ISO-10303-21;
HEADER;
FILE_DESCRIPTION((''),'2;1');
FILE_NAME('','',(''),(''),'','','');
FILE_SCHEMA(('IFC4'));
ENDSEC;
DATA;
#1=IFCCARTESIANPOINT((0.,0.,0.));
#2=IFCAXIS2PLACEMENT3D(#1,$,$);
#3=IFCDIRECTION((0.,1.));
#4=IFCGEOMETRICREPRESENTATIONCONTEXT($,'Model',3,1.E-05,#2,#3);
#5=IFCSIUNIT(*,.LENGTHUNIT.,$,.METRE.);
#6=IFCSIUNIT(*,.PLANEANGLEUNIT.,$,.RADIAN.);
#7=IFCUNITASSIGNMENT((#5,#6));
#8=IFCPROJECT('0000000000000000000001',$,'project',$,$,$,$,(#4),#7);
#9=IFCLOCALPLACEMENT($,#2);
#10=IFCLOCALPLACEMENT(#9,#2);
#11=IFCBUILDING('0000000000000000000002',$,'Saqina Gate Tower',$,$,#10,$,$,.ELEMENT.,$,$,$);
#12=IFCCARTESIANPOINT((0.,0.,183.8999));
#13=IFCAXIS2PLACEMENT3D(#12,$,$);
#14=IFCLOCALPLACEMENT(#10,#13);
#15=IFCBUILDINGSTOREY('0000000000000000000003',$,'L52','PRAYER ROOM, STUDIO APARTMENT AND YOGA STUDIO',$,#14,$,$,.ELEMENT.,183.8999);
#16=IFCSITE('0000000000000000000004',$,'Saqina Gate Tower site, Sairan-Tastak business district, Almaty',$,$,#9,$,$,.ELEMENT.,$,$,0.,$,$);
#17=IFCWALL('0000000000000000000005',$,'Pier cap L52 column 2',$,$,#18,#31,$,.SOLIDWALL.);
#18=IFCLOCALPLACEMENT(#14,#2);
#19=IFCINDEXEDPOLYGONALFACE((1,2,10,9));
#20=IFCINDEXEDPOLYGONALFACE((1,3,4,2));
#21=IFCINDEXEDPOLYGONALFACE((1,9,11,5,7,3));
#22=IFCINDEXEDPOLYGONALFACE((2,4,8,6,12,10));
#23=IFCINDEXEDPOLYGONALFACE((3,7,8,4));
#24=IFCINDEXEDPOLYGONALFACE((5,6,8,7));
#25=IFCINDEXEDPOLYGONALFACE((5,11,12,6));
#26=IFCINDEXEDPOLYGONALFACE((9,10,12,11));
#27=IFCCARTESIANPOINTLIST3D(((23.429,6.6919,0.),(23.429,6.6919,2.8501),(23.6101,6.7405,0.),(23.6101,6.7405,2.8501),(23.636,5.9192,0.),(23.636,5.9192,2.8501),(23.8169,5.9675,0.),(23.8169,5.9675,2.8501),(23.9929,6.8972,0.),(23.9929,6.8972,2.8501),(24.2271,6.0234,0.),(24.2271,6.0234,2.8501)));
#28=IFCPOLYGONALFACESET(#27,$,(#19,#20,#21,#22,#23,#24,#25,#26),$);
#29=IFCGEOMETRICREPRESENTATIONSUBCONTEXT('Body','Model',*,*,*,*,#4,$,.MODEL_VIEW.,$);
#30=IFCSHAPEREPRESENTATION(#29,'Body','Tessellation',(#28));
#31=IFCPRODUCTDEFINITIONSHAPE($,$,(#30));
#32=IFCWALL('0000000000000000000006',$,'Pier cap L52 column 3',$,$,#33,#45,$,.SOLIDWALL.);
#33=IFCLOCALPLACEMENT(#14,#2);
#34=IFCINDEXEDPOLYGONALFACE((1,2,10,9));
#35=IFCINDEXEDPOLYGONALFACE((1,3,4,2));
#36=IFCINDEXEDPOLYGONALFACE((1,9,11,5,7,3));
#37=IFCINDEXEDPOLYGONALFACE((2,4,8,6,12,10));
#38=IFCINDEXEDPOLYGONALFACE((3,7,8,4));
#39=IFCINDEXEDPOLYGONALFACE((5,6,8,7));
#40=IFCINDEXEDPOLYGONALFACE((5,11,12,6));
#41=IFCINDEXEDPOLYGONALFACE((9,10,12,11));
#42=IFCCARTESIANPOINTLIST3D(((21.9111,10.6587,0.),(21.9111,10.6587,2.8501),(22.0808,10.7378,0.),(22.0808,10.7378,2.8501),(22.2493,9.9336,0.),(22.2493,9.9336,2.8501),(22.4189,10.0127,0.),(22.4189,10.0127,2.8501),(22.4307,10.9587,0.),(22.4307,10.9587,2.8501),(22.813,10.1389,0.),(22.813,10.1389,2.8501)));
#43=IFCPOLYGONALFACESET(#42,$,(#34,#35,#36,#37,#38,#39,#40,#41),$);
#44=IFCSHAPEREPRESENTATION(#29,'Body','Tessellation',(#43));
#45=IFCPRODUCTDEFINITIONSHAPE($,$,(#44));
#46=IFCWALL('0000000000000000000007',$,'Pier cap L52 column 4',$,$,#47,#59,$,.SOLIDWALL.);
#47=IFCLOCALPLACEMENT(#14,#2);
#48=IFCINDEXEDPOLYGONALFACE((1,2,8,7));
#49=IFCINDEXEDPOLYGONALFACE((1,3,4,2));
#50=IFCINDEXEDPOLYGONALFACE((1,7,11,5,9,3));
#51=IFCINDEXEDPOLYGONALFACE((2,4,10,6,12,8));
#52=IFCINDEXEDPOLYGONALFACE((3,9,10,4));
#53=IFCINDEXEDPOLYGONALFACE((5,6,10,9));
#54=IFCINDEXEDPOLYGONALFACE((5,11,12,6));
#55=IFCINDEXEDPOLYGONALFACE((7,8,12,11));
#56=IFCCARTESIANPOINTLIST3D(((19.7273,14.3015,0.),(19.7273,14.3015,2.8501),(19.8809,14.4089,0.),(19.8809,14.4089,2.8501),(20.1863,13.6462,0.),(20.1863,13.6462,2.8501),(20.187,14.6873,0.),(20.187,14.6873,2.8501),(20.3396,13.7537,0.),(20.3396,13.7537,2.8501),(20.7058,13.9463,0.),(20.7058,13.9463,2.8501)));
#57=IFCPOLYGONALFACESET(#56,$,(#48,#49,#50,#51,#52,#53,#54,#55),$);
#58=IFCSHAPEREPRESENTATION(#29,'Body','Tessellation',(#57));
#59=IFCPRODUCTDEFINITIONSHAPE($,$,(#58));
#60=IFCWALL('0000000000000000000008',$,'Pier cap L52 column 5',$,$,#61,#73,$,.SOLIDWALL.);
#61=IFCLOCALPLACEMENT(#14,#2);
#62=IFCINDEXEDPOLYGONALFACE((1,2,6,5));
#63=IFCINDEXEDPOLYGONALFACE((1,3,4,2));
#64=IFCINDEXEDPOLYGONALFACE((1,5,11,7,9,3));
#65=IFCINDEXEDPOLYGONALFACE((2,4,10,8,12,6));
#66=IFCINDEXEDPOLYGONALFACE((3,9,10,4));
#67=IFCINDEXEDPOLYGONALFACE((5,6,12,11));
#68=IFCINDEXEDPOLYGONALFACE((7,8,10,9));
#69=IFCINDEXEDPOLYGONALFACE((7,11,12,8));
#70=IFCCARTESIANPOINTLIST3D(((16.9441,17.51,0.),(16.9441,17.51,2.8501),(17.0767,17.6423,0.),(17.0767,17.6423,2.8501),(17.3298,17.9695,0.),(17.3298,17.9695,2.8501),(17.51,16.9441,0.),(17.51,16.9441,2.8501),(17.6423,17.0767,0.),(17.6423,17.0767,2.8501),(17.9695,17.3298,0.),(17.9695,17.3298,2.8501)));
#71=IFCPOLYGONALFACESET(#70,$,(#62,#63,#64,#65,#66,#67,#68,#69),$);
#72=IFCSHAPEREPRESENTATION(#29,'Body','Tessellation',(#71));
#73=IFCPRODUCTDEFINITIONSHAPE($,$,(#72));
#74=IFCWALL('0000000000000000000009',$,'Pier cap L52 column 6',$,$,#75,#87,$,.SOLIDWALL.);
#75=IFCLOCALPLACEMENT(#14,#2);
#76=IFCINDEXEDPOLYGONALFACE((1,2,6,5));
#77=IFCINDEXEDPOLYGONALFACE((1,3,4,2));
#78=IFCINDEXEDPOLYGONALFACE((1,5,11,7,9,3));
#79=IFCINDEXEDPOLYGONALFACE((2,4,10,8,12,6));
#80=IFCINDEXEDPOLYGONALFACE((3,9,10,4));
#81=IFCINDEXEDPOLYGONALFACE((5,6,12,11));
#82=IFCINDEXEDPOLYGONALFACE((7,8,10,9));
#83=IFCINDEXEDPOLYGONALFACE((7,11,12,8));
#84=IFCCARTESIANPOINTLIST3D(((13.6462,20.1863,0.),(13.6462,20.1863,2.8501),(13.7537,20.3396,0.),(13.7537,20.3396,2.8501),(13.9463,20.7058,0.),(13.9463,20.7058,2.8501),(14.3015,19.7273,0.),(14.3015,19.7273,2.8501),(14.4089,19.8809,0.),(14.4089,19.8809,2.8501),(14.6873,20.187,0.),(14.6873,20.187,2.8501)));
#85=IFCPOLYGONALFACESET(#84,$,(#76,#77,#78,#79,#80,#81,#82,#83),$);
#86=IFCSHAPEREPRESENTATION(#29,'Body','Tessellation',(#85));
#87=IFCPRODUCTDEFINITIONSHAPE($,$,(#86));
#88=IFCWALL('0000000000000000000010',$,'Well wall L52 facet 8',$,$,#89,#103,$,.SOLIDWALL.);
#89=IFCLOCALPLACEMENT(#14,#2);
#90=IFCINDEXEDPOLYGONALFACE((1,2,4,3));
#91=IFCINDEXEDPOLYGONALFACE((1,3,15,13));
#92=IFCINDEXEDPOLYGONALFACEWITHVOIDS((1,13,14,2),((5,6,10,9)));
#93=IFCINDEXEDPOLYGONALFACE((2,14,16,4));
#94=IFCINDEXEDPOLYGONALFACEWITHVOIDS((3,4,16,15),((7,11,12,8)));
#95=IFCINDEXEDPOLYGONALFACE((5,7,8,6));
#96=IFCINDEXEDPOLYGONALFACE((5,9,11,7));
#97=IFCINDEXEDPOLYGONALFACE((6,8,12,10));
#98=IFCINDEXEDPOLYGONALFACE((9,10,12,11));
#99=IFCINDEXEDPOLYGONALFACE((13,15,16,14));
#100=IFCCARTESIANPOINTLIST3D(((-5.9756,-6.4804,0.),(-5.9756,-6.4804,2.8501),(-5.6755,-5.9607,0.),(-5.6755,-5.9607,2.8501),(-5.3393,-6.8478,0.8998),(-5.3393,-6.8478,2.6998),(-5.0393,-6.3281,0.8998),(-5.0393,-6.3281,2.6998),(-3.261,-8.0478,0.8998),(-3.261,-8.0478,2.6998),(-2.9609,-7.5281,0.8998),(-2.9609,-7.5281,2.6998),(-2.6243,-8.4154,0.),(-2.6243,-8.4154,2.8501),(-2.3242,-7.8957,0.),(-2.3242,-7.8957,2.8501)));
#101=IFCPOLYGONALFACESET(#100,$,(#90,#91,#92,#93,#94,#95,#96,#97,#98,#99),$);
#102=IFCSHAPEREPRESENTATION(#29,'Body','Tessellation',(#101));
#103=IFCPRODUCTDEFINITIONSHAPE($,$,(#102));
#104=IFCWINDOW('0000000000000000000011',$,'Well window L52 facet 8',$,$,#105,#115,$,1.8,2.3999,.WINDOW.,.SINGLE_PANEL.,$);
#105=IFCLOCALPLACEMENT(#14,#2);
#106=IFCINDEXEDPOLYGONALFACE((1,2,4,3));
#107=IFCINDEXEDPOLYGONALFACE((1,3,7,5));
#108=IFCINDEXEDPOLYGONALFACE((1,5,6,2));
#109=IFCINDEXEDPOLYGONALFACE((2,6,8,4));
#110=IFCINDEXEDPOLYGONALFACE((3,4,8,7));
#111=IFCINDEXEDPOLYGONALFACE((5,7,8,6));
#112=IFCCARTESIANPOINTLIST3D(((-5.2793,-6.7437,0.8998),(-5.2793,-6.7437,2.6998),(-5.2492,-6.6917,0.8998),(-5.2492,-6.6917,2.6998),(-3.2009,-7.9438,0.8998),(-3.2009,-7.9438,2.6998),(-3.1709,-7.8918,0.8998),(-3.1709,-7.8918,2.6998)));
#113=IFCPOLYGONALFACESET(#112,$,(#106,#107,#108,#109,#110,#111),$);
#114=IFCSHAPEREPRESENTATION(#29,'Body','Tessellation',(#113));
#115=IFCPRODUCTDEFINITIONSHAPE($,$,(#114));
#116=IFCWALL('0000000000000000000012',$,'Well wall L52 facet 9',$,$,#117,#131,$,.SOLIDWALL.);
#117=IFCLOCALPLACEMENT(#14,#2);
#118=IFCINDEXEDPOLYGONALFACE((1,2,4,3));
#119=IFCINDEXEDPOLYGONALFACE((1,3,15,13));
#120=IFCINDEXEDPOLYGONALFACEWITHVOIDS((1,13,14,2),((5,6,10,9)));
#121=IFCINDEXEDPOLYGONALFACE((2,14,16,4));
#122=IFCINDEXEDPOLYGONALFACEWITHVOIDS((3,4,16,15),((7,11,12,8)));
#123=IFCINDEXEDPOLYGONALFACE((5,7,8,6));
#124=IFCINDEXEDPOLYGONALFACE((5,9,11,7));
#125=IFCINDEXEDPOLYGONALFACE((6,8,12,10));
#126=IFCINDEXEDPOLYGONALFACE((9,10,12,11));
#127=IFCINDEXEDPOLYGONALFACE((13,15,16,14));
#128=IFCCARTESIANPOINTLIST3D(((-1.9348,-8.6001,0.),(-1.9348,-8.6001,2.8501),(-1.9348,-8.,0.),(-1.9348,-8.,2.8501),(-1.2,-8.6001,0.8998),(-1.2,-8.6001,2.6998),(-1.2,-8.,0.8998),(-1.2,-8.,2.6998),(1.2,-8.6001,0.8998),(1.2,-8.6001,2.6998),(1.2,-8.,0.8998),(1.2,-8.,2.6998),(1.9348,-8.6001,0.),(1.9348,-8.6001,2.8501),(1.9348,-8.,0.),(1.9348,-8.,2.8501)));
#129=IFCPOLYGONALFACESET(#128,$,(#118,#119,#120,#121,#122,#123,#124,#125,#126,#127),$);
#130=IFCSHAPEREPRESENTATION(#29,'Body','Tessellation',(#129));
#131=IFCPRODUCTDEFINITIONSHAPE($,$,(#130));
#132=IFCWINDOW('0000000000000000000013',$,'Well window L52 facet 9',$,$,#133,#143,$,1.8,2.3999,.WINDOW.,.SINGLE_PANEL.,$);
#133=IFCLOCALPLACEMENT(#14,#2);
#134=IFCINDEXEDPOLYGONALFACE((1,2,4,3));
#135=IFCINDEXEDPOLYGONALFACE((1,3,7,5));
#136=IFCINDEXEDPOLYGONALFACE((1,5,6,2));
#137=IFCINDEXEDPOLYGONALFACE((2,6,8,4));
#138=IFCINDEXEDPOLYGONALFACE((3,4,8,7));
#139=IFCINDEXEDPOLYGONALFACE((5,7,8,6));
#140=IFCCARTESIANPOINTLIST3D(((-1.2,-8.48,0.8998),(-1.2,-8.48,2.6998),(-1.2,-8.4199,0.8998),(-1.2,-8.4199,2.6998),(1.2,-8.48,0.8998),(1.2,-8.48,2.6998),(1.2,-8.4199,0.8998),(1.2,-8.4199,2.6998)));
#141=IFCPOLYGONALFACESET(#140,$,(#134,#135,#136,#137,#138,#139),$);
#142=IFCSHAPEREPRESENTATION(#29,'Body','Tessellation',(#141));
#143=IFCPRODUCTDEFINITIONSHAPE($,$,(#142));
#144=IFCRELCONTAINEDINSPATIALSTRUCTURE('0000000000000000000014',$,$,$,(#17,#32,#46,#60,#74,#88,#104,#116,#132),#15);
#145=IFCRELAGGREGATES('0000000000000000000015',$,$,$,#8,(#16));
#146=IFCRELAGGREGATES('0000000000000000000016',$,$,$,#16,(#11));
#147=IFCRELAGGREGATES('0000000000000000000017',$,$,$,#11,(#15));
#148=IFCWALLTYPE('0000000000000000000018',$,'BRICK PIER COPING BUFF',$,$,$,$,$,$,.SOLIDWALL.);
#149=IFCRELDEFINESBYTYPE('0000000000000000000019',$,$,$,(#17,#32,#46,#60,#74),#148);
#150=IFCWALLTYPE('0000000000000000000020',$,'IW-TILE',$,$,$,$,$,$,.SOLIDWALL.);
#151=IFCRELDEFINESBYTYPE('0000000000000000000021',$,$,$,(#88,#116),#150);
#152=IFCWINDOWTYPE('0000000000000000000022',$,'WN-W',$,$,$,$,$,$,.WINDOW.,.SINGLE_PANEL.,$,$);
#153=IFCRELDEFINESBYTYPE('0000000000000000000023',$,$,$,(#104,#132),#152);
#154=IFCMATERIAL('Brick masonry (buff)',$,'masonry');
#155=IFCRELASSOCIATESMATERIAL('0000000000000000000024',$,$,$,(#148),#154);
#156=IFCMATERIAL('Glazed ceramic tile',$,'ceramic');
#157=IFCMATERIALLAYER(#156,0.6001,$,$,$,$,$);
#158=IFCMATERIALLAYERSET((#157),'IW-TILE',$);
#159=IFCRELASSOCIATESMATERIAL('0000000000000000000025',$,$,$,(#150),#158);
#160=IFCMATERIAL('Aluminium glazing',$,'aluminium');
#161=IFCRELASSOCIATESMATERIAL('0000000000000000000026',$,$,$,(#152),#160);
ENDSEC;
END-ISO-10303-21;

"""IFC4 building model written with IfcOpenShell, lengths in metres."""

from ifc_helpers import new_model, si_unit, direction, frame, frame_2d, origin, place, context, subcontext, project, spatial, polyline, rectangle, outline, extrude, material, layer, layer_set, type_object, element, fill, save


model = new_model("IFC4")

# Units and contexts
model_context = context("Model", 3, precision=1e-05, world=origin(), true_north=direction((0.0, 1.0)))
body_context = subcontext(model_context, "Body", "Model", "MODEL_VIEW")
ifc_project = project(units=[si_unit("LENGTHUNIT", "METRE"), si_unit("PLANEANGLEUNIT", "RADIAN")], contexts=[model_context])

# Site, building, storey
site_placement = place(None, origin())
site = spatial("IfcSite", under=ifc_project, at=site_placement, Name="Saqina Gate Tower site, Sairan-Tastak business district, Almaty", CompositionType="ELEMENT", RefElevation=0.0)
building_placement = place(site_placement, origin())
building = spatial("IfcBuilding", under=site, at=building_placement, Name="Saqina Gate Tower", CompositionType="ELEMENT")
storey_placement = place(building_placement, frame((0.0, 0.0, 183.8999)))
storey = spatial("IfcBuildingStorey", under=building, at=storey_placement, Name="L52", Description="PRAYER ROOM, STUDIO APARTMENT AND YOGA STUDIO", CompositionType="ELEMENT", Elevation=183.8999)

# Walls
ifc_material_1 = material(Name="Brick masonry (buff)", Category="masonry")
wall_type_1 = type_object("IfcWallType", Name="BRICK PIER COPING BUFF", PredefinedType="SOLIDWALL", material=ifc_material_1)
wall_1_placement = place(storey_placement, origin())
element("IfcWall", 1, at=wall_1_placement, inside=storey, type_object=wall_type_1, Name="Pier cap L52 column 2", PredefinedType="SOLIDWALL", context=body_context, shape_type="SweptSolid", body=[
    extrude(outline(polyline([(24.2271, 6.0234), (23.9929, 6.8972), (23.429, 6.6919), (23.6101, 6.7405), (23.8169, 5.9675), (23.636, 5.9192), (24.2271, 6.0234)])), origin(), (0.0, 0.0, 1.0), 2.8501),
])
wall_2_placement = place(storey_placement, origin())
element("IfcWall", 2, at=wall_2_placement, inside=storey, type_object=wall_type_1, Name="Pier cap L52 column 3", PredefinedType="SOLIDWALL", context=body_context, shape_type="SweptSolid", body=[
    extrude(outline(polyline([(22.4307, 10.9587), (21.9111, 10.6587), (22.0808, 10.7378), (22.4189, 10.0127), (22.2493, 9.9336), (22.813, 10.1389), (22.4307, 10.9587)])), origin(), (0.0, 0.0, 1.0), 2.8501),
])
wall_3_placement = place(storey_placement, origin())
element("IfcWall", 3, at=wall_3_placement, inside=storey, type_object=wall_type_1, Name="Pier cap L52 column 4", PredefinedType="SOLIDWALL", context=body_context, shape_type="SweptSolid", body=[
    extrude(outline(polyline([(20.7058, 13.9463), (20.187, 14.6873), (19.7273, 14.3015), (19.8809, 14.4089), (20.3396, 13.7537), (20.1863, 13.6462), (20.7058, 13.9463)])), origin(), (0.0, 0.0, 1.0), 2.8501),
])
wall_4_placement = place(storey_placement, origin())
element("IfcWall", 4, at=wall_4_placement, inside=storey, type_object=wall_type_1, Name="Pier cap L52 column 5", PredefinedType="SOLIDWALL", context=body_context, shape_type="SweptSolid", body=[
    extrude(outline(polyline([(17.3298, 17.9695), (16.9441, 17.51), (17.0767, 17.6423), (17.6423, 17.0767), (17.51, 16.9441), (17.9695, 17.3298), (17.3298, 17.9695)])), origin(), (0.0, 0.0, 1.0), 2.8501),
])
wall_5_placement = place(storey_placement, origin())
element("IfcWall", 5, at=wall_5_placement, inside=storey, type_object=wall_type_1, Name="Pier cap L52 column 6", PredefinedType="SOLIDWALL", context=body_context, shape_type="SweptSolid", body=[
    extrude(outline(polyline([(14.6873, 20.187), (13.9463, 20.7058), (13.6462, 20.1863), (13.7537, 20.3396), (14.4089, 19.8809), (14.3015, 19.7273), (14.6873, 20.187)])), origin(), (0.0, 0.0, 1.0), 2.8501),
])

# Walls, openings, windows
ifc_material_2 = material(Name="Glazed ceramic tile", Category="ceramic")
ifc_layer_1 = layer(ifc_material_2, 0.6001)
ifc_layer_set_1 = layer_set([ifc_layer_1], Name="IW-TILE")
wall_type_2 = type_object("IfcWallType", Name="IW-TILE", PredefinedType="SOLIDWALL", material=ifc_layer_set_1)
wall_6_placement = place(storey_placement, frame((-5.8257, -6.2205, 0.0), z_axis=(0.0, 0.0, 1.0), x_axis=(0.866006, -0.500034, 0.0)))
wall_6 = element("IfcWall", 6, at=wall_6_placement, inside=storey, type_object=wall_type_2, Name="Well wall L52 facet 8", PredefinedType="SOLIDWALL", context=body_context, shape_type="SweptSolid", body=[
    extrude(rectangle(XDim=3.8699, YDim=0.6001, at=frame_2d((1.9351, 0.0))), origin(), (0.0, 0.0, 1.0), 2.8501),
])
opening_1_placement = place(wall_6_placement, frame((0.7349, 0.0, 0.8999)))
opening_1 = element("IfcOpeningElement", 7, at=opening_1_placement, cuts=wall_6, PredefinedType="OPENING", context=body_context, shape_type="SweptSolid", body=[
    extrude(rectangle(XDim=2.3999, YDim=1.8, at=frame_2d((1.2, 0.8999))), frame((0.0, 0.312, 0.0), z_axis=(0.0, -1.0, 0.0), x_axis=(1.0, 0.0, 0.0)), (0.0, 0.0, 1.0), 0.624),
])
ifc_material_3 = material(Name="Aluminium glazing", Category="aluminium")
window_type = type_object("IfcWindowType", Name="WN-W", PartitioningType="SINGLE_PANEL", PredefinedType="WINDOW", material=ifc_material_3)
window_1_placement = place(opening_1_placement, origin())
window_1 = element("IfcWindow", 8, at=window_1_placement, inside=storey, type_object=window_type, Name="Well window L52 facet 8", OverallHeight=1.8, OverallWidth=2.3999, PartitioningType="SINGLE_PANEL", PredefinedType="WINDOW", context=body_context, shape_type="SweptSolid", body=[
    extrude(rectangle(XDim=2.3999, YDim=1.8, at=frame_2d((1.2, 0.8999))), frame((0.0, -0.1199, 0.0), z_axis=(0.0, -1.0, 0.0), x_axis=(1.0, 0.0, 0.0)), (0.0, 0.0, 1.0), 0.0601),
])
fill(opening_1, window_1)
wall_7_placement = place(storey_placement, frame((-1.9348, -8.3, 0.0), z_axis=(0.0, 0.0, 1.0), x_axis=(1.0, 0.0, 0.0)))
wall_7 = element("IfcWall", 9, at=wall_7_placement, inside=storey, type_object=wall_type_2, Name="Well wall L52 facet 9", PredefinedType="SOLIDWALL", context=body_context, shape_type="SweptSolid", body=[
    extrude(rectangle(XDim=3.8696, YDim=0.6001, at=frame_2d((1.9348, 0.0))), origin(), (0.0, 0.0, 1.0), 2.8501),
])
opening_2_placement = place(wall_7_placement, frame((0.7349, 0.0, 0.8999)))
opening_2 = element("IfcOpeningElement", 10, at=opening_2_placement, cuts=wall_7, PredefinedType="OPENING", context=body_context, shape_type="SweptSolid", body=[
    extrude(rectangle(XDim=2.3999, YDim=1.8, at=frame_2d((1.2, 0.8999))), frame((0.0, 0.312, 0.0), z_axis=(0.0, -1.0, 0.0), x_axis=(1.0, 0.0, 0.0)), (0.0, 0.0, 1.0), 0.624),
])
window_2_placement = place(opening_2_placement, origin())
window_2 = element("IfcWindow", 11, at=window_2_placement, inside=storey, type_object=window_type, Name="Well window L52 facet 9", OverallHeight=1.8, OverallWidth=2.3999, PartitioningType="SINGLE_PANEL", PredefinedType="WINDOW", context=body_context, shape_type="SweptSolid", body=[
    extrude(rectangle(XDim=2.3999, YDim=1.8, at=frame_2d((1.2, 0.8999))), frame((0.0, -0.1199, 0.0), z_axis=(0.0, -1.0, 0.0), x_axis=(1.0, 0.0, 0.0)), (0.0, 0.0, 1.0), 0.0601),
])
fill(opening_2, window_2)

save(model, "model.ifc")
